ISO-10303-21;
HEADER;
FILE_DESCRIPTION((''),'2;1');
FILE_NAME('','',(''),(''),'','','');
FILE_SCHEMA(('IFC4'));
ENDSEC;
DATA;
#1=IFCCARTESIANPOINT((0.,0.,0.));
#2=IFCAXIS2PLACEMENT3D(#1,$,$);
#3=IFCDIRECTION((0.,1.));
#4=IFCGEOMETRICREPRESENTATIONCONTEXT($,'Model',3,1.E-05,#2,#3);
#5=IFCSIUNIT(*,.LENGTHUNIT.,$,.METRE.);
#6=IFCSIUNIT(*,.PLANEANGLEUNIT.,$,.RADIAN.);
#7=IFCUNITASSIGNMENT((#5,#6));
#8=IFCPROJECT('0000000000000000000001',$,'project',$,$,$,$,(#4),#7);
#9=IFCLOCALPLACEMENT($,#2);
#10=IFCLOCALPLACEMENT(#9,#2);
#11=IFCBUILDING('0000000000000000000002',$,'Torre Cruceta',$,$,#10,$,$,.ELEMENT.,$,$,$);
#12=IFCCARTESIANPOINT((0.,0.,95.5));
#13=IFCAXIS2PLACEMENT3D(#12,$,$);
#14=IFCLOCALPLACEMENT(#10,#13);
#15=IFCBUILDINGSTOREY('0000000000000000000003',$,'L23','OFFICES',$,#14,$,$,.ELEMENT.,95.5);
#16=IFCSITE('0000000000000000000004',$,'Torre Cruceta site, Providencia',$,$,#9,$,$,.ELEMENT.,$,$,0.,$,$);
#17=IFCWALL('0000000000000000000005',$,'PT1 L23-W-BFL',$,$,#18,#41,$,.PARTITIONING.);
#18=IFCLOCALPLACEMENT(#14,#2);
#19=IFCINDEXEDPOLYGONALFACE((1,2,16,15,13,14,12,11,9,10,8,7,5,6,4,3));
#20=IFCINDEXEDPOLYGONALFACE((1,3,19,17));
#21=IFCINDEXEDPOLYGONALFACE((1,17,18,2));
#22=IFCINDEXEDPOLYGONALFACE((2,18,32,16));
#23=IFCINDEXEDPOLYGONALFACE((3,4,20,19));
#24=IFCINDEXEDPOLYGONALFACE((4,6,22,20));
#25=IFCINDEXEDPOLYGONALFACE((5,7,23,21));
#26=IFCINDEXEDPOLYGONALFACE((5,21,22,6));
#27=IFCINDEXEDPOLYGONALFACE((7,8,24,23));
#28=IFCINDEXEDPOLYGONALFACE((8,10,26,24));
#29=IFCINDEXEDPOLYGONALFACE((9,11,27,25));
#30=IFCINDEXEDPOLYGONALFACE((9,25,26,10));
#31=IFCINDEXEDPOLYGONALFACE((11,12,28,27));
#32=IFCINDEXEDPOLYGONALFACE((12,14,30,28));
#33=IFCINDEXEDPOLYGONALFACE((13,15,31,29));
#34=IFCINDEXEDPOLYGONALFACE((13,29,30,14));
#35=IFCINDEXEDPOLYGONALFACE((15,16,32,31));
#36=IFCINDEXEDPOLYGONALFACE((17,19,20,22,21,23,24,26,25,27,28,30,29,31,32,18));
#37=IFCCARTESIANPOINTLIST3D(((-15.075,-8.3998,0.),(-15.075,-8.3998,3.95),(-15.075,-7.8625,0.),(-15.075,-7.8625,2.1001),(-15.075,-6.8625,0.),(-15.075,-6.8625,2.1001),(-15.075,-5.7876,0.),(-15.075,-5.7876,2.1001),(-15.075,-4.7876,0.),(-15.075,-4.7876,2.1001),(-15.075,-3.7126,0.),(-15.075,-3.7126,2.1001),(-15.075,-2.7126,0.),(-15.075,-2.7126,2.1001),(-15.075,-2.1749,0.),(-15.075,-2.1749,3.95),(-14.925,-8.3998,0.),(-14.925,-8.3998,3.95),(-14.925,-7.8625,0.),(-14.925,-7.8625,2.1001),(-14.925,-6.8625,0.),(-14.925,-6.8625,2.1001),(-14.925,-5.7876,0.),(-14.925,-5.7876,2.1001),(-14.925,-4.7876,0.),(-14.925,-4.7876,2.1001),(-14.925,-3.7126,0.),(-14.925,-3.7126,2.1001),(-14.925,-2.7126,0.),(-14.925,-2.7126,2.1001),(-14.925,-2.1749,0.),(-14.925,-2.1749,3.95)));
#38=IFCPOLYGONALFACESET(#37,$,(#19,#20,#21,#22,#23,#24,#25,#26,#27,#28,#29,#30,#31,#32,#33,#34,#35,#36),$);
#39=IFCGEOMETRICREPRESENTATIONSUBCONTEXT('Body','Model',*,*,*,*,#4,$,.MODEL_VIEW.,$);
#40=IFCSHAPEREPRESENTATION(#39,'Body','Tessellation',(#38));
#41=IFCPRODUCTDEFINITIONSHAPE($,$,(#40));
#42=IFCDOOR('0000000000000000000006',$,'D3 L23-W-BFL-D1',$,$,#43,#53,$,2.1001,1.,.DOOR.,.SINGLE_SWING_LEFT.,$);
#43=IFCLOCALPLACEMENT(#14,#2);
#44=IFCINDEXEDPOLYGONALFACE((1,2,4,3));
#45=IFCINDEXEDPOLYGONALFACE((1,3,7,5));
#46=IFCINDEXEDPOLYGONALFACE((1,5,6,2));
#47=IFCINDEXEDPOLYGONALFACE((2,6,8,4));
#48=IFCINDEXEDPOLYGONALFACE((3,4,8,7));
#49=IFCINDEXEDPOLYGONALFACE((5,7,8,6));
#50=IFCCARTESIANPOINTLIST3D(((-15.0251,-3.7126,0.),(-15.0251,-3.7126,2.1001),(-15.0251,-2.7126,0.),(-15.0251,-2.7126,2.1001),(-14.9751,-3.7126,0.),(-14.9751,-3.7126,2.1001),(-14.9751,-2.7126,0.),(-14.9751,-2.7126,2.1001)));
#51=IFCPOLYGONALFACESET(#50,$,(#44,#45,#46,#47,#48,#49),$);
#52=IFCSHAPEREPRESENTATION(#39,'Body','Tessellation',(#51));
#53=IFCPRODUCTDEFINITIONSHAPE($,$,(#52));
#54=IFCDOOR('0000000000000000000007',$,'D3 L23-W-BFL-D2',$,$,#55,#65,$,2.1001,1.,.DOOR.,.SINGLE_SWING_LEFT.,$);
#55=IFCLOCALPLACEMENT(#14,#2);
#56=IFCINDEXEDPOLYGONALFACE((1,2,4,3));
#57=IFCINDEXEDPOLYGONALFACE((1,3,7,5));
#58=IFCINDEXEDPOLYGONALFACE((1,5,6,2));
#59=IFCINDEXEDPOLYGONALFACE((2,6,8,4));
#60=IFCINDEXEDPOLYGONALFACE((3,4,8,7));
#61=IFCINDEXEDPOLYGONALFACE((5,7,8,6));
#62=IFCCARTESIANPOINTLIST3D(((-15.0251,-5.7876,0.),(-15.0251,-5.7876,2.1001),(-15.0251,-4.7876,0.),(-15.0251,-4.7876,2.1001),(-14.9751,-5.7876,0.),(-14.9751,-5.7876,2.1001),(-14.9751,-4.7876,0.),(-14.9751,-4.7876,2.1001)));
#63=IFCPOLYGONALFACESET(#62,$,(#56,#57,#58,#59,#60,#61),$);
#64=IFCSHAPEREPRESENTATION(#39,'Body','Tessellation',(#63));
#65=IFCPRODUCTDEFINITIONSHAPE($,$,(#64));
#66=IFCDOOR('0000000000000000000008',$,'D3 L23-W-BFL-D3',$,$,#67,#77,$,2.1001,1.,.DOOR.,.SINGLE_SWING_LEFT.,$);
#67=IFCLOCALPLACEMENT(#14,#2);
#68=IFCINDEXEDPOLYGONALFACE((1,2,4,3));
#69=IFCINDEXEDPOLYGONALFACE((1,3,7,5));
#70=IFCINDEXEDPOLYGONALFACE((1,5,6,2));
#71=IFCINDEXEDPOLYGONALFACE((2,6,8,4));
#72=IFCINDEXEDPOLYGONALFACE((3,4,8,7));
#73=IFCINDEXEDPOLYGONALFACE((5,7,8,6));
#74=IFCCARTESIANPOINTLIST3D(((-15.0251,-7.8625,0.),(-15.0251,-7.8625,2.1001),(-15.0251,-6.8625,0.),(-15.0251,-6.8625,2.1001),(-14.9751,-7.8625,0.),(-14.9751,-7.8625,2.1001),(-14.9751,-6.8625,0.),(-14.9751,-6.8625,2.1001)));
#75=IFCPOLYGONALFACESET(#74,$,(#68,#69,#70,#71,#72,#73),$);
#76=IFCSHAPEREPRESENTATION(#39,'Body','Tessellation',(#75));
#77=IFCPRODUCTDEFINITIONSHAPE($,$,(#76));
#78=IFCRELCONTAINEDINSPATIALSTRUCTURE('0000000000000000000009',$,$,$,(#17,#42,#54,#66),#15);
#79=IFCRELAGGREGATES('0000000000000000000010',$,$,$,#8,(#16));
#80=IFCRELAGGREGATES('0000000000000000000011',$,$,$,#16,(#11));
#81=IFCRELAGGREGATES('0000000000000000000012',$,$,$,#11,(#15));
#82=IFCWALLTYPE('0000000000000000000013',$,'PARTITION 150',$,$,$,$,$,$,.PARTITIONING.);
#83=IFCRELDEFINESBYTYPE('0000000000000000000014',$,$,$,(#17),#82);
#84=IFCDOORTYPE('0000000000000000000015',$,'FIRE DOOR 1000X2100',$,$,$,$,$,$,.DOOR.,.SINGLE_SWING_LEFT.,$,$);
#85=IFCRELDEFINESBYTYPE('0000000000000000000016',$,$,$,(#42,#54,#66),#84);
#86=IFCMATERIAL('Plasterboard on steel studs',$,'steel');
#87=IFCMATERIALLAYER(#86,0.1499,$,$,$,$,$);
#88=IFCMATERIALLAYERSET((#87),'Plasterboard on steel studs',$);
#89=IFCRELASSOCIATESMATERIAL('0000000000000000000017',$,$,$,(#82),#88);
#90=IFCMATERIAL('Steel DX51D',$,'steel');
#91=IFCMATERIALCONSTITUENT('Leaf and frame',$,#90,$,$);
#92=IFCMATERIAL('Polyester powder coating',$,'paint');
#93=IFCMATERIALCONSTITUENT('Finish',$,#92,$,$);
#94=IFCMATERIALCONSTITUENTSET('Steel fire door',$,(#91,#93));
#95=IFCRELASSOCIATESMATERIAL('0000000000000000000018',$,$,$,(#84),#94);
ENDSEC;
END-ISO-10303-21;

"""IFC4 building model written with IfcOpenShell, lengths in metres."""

from ifc_helpers import new_model, si_unit, direction, frame, frame_2d, origin, place, context, subcontext, project, spatial, rectangle, extrude, material, layer, layer_set, constituent, constituent_set, type_object, element, fill, save


model = new_model("IFC4")

# Units and contexts
model_context = context("Model", 3, precision=1e-05, world=origin(), true_north=direction((0.0, 1.0)))
body_context = subcontext(model_context, "Body", "Model", "MODEL_VIEW")
ifc_project = project(units=[si_unit("LENGTHUNIT", "METRE"), si_unit("PLANEANGLEUNIT", "RADIAN")], contexts=[model_context])

# Site, building, storey
site_placement = place(None, origin())
site = spatial("IfcSite", under=ifc_project, at=site_placement, Name="Torre Cruceta site, Providencia", CompositionType="ELEMENT", RefElevation=0.0)
building_placement = place(site_placement, origin())
building = spatial("IfcBuilding", under=site, at=building_placement, Name="Torre Cruceta", CompositionType="ELEMENT")
storey_placement = place(building_placement, frame((0.0, 0.0, 95.5)))
storey = spatial("IfcBuildingStorey", under=building, at=storey_placement, Name="L23", Description="OFFICES", CompositionType="ELEMENT", Elevation=95.5)

# Wall, openings, doors
ifc_material_1 = material(Name="Plasterboard on steel studs", Category="steel")
ifc_layer_1 = layer(ifc_material_1, 0.1499)
ifc_layer_set_1 = layer_set([ifc_layer_1], Name="Plasterboard on steel studs")
wall_type_1 = type_object("IfcWallType", Name="PARTITION 150", PredefinedType="PARTITIONING", material=ifc_layer_set_1)
wall_1_placement = place(storey_placement, frame((-15.0, -2.175, 0.0), z_axis=(0.0, 0.0, 1.0), x_axis=(0.0, -1.0, 0.0)))
wall_1 = element("IfcWall", 1, at=wall_1_placement, inside=storey, type_object=wall_type_1, Name="PT1 L23-W-BFL", PredefinedType="PARTITIONING", context=body_context, shape_type="SweptSolid", body=[
    extrude(rectangle(XDim=6.2249, YDim=0.1499, at=frame_2d((3.1123, 0.0))), origin(), (0.0, 0.0, 1.0), 3.95),
])
opening_1_placement = place(wall_1_placement, frame((0.5376, 0.0, 0.0)))
opening_1 = element("IfcOpeningElement", 2, at=opening_1_placement, cuts=wall_1, PredefinedType="OPENING", context=body_context, shape_type="SweptSolid", body=[
    extrude(rectangle(XDim=1.0, YDim=2.1001, at=frame_2d((0.5, 1.05))), frame((0.0, 0.085, 0.0), z_axis=(0.0, -1.0, 0.0), x_axis=(1.0, 0.0, 0.0)), (0.0, 0.0, 1.0), 0.1699),
])
opening_2_placement = place(wall_1_placement, frame((2.6125, 0.0, 0.0)))
opening_2 = element("IfcOpeningElement", 3, at=opening_2_placement, cuts=wall_1, PredefinedType="OPENING", context=body_context, shape_type="SweptSolid", body=[
    extrude(rectangle(XDim=1.0, YDim=2.1001, at=frame_2d((0.5, 1.05))), frame((0.0, 0.085, 0.0), z_axis=(0.0, -1.0, 0.0), x_axis=(1.0, 0.0, 0.0)), (0.0, 0.0, 1.0), 0.1699),
])
opening_3_placement = place(wall_1_placement, frame((4.6875, 0.0, 0.0)))
opening_3 = element("IfcOpeningElement", 4, at=opening_3_placement, cuts=wall_1, PredefinedType="OPENING", context=body_context, shape_type="SweptSolid", body=[
    extrude(rectangle(XDim=1.0, YDim=2.1001, at=frame_2d((0.5, 1.05))), frame((0.0, 0.085, 0.0), z_axis=(0.0, -1.0, 0.0), x_axis=(1.0, 0.0, 0.0)), (0.0, 0.0, 1.0), 0.1699),
])
ifc_material_2 = material(Name="Steel DX51D", Category="steel")
ifc_constituent_1 = constituent(ifc_material_2, Name="Leaf and frame")
ifc_material_3 = material(Name="Polyester powder coating", Category="paint")
ifc_constituent_2 = constituent(ifc_material_3, Name="Finish")
ifc_constituent_set_1 = constituent_set(constituents=[ifc_constituent_1, ifc_constituent_2], Name="Steel fire door")
door_type = type_object("IfcDoorType", Name="FIRE DOOR 1000X2100", OperationType="SINGLE_SWING_LEFT", PredefinedType="DOOR", material=ifc_constituent_set_1)
door_1_placement = place(opening_1_placement, origin())
door_1 = element("IfcDoor", 5, at=door_1_placement, inside=storey, type_object=door_type, Name="D3 L23-W-BFL-D1", OperationType="SINGLE_SWING_LEFT", OverallHeight=2.1001, OverallWidth=1.0, PredefinedType="DOOR", context=body_context, shape_type="SweptSolid", body=[
    extrude(rectangle(XDim=1.0, YDim=2.1001, at=frame_2d((0.5, 1.05))), frame((0.0, 0.0249, 0.0), z_axis=(0.0, -1.0, 0.0), x_axis=(1.0, 0.0, 0.0)), (0.0, 0.0, 1.0), 0.05),
])
fill(opening_1, door_1)
door_2_placement = place(opening_2_placement, origin())
door_2 = element("IfcDoor", 6, at=door_2_placement, inside=storey, type_object=door_type, Name="D3 L23-W-BFL-D2", OperationType="SINGLE_SWING_LEFT", OverallHeight=2.1001, OverallWidth=1.0, PredefinedType="DOOR", context=body_context, shape_type="SweptSolid", body=[
    extrude(rectangle(XDim=1.0, YDim=2.1001, at=frame_2d((0.5, 1.05))), frame((0.0, 0.0249, 0.0), z_axis=(0.0, -1.0, 0.0), x_axis=(1.0, 0.0, 0.0)), (0.0, 0.0, 1.0), 0.05),
])
fill(opening_2, door_2)
door_3_placement = place(opening_3_placement, origin())
door_3 = element("IfcDoor", 7, at=door_3_placement, inside=storey, type_object=door_type, Name="D3 L23-W-BFL-D3", OperationType="SINGLE_SWING_LEFT", OverallHeight=2.1001, OverallWidth=1.0, PredefinedType="DOOR", context=body_context, shape_type="SweptSolid", body=[
    extrude(rectangle(XDim=1.0, YDim=2.1001, at=frame_2d((0.5, 1.05))), frame((0.0, 0.0249, 0.0), z_axis=(0.0, -1.0, 0.0), x_axis=(1.0, 0.0, 0.0)), (0.0, 0.0, 1.0), 0.05),
])
fill(opening_3, door_3)

save(model, "model.ifc")
